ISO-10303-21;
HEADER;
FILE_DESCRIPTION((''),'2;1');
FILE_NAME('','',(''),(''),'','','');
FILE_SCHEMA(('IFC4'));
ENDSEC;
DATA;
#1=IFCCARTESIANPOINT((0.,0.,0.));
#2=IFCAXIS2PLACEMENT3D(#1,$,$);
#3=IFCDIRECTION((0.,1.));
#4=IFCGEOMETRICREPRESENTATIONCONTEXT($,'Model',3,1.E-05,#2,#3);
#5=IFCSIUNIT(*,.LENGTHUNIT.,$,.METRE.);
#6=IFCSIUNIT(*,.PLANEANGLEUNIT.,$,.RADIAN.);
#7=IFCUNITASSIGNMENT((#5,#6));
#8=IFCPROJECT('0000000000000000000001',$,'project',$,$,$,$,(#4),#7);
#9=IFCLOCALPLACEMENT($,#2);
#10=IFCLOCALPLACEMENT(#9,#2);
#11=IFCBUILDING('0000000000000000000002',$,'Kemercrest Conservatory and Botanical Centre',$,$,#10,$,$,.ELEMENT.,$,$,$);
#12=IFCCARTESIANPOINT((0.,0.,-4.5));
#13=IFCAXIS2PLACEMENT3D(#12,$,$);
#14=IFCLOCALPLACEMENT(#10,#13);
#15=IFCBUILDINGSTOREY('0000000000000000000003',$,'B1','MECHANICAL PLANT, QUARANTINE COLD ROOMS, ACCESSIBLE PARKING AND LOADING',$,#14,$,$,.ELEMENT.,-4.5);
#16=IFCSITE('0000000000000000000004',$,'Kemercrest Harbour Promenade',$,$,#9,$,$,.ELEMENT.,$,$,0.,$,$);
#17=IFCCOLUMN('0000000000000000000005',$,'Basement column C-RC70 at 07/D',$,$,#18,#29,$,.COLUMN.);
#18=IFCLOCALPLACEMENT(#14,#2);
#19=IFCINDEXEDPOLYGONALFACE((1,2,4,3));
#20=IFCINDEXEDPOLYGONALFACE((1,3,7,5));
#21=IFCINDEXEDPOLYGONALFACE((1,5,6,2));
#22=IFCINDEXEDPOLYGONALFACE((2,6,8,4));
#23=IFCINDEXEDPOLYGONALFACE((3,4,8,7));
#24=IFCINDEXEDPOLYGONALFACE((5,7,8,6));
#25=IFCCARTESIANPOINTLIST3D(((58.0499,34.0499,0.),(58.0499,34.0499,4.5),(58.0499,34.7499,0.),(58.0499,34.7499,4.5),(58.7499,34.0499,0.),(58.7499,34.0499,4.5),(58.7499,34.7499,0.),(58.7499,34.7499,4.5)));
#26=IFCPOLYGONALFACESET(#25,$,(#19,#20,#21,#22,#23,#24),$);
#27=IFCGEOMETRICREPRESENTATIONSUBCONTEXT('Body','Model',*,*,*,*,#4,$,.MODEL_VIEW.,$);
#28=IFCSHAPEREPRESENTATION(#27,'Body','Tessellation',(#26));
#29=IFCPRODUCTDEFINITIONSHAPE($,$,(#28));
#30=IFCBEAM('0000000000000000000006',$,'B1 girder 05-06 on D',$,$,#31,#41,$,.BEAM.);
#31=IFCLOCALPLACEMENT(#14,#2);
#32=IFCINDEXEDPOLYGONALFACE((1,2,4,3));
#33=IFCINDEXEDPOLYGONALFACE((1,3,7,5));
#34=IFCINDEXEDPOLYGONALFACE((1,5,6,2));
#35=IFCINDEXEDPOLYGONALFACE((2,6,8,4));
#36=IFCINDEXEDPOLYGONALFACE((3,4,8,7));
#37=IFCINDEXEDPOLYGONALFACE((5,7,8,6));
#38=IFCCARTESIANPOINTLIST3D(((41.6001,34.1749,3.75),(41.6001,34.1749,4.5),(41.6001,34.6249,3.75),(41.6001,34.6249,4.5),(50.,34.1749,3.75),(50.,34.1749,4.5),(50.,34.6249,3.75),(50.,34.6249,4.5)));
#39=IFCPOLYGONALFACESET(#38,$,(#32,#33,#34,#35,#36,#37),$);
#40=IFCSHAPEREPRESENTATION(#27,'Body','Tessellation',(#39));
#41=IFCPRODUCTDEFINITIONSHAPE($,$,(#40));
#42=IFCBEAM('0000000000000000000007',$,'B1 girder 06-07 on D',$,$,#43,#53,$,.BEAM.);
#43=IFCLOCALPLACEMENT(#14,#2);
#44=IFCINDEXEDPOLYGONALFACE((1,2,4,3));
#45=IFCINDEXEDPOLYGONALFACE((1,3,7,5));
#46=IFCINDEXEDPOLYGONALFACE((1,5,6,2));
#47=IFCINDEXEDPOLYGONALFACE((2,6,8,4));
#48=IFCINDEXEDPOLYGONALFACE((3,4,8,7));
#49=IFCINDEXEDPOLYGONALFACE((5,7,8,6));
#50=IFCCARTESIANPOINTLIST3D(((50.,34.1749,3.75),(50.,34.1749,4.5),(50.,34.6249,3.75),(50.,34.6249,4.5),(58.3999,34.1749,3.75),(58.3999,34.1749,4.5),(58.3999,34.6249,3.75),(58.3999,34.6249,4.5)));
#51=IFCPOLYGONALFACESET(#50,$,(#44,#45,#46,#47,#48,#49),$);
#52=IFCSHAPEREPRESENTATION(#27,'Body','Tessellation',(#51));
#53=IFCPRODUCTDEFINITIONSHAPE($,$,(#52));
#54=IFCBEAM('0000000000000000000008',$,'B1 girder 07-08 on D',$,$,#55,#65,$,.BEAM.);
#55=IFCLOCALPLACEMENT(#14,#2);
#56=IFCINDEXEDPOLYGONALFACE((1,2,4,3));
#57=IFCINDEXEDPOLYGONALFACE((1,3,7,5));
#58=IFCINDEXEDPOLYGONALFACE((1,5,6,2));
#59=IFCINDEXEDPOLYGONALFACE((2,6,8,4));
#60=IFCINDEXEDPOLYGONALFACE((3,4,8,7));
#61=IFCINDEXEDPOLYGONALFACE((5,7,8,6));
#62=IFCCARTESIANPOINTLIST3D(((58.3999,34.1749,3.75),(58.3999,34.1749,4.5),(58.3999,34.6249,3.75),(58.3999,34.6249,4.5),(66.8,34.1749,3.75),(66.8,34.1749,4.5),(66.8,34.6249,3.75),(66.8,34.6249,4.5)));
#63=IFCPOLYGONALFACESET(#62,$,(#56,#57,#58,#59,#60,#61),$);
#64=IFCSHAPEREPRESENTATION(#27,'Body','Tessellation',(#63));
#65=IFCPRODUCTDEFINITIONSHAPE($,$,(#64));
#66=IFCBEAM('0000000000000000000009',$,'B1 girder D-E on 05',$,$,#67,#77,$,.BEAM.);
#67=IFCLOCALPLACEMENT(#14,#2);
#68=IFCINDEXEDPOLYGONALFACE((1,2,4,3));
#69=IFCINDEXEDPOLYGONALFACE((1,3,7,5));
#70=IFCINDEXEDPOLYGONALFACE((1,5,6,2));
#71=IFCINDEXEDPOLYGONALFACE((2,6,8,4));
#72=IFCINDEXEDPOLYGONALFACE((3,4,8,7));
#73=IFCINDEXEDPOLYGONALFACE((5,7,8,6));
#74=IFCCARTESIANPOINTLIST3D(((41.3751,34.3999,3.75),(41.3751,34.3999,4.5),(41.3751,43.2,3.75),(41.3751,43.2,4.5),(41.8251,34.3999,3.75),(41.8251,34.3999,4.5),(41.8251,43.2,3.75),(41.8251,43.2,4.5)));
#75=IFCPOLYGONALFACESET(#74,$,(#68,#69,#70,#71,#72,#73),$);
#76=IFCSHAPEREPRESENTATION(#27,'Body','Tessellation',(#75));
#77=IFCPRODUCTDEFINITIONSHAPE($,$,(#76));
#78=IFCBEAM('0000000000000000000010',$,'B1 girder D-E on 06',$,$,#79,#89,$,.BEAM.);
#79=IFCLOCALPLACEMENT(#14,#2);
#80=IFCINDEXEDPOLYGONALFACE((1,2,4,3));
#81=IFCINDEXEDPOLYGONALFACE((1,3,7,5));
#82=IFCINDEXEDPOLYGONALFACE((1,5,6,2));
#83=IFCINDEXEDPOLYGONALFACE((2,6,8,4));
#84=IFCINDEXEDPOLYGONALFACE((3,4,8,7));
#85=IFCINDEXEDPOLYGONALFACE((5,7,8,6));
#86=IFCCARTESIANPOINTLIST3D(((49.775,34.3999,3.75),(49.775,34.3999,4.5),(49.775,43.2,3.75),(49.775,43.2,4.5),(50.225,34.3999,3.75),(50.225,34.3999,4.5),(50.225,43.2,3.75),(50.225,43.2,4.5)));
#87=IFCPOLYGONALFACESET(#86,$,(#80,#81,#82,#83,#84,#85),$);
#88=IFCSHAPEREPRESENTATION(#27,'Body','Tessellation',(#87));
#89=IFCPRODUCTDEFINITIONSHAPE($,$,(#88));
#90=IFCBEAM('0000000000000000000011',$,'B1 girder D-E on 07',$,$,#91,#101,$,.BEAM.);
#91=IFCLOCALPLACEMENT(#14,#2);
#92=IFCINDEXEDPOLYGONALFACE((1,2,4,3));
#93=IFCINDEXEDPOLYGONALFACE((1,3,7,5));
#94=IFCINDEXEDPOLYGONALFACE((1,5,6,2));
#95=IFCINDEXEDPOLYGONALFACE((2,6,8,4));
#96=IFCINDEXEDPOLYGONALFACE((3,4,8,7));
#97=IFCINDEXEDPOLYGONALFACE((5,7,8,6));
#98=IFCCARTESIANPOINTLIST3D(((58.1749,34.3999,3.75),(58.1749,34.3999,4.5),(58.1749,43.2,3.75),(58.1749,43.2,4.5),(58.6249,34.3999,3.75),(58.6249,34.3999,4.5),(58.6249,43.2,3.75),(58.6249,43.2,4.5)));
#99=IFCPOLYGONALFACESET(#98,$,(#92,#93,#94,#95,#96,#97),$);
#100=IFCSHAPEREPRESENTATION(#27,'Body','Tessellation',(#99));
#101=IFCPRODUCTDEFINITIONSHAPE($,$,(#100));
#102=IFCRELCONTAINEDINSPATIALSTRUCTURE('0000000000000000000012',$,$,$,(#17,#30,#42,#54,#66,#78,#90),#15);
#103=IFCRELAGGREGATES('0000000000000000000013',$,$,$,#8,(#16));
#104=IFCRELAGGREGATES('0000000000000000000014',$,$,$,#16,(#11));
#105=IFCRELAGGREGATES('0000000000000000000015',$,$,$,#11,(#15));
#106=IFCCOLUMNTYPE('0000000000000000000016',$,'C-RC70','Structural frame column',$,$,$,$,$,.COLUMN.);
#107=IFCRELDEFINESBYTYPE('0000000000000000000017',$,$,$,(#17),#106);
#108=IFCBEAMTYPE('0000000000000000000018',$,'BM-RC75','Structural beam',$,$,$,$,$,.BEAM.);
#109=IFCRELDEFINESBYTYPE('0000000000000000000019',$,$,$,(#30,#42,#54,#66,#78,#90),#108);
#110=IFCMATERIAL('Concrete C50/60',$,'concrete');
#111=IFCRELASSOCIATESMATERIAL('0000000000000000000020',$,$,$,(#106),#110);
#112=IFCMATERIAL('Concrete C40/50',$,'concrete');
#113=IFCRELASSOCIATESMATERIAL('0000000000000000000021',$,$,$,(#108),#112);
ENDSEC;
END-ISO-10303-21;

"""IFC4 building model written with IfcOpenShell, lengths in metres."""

from ifc_helpers import new_model, si_unit, direction, frame, origin, origin_2d, place, context, subcontext, project, spatial, rectangle, extrude, material, material_profile, profile_set, type_object, element, save


model = new_model("IFC4")

# Units and contexts
model_context = context("Model", 3, precision=1e-05, world=origin(), true_north=direction((0.0, 1.0)))
body_context = subcontext(model_context, "Body", "Model", "MODEL_VIEW")
ifc_project = project(units=[si_unit("LENGTHUNIT", "METRE"), si_unit("PLANEANGLEUNIT", "RADIAN")], contexts=[model_context])

# Site, building, storey
site_placement = place(None, origin())
site = spatial("IfcSite", under=ifc_project, at=site_placement, Name="Kemercrest Harbour Promenade", CompositionType="ELEMENT", RefElevation=0.0)
building_placement = place(site_placement, origin())
building = spatial("IfcBuilding", under=site, at=building_placement, Name="Kemercrest Conservatory and Botanical Centre", CompositionType="ELEMENT")
storey_placement = place(building_placement, frame((0.0, 0.0, -4.5)))
storey = spatial("IfcBuildingStorey", under=building, at=storey_placement, Name="B1", Description="MECHANICAL PLANT, QUARANTINE COLD ROOMS, ACCESSIBLE PARKING AND LOADING", CompositionType="ELEMENT", Elevation=-4.5)

# Shared definitions
ifc_material_1 = material(Name="Concrete C40/50", Category="concrete")

# Column
ifc_material_2 = material(Name="Concrete C50/60", Category="concrete")
ifc_material_profile_1 = material_profile(ifc_material_2, rectangle(XDim=0.7, YDim=0.7, at=origin_2d()), Name="RC 700x700")
ifc_profile_set_1 = profile_set([ifc_material_profile_1], Name="Concrete C50/60")
column_type_1 = type_object("IfcColumnType", Name="C-RC70", Description="Structural frame column", PredefinedType="COLUMN", material=ifc_profile_set_1)
for number, where, z_axis, x_axis, name in (
    (1, (58.3999, 34.3999, 0.0), (0.0, 0.0, 1.0), (1.0, 0.0, 0.0), "Basement column C-RC70 at 07/D"),
):
    element("IfcColumn", number, at=place(storey_placement, frame(where, z_axis=z_axis, x_axis=x_axis)), inside=storey, type_object=column_type_1, Name=name, PredefinedType="COLUMN", context=body_context, shape_type="SweptSolid", body=[
        extrude(rectangle(XDim=0.7, YDim=0.7, at=origin_2d()), origin(), (0.0, 0.0, 1.0), 4.5),
    ])

# Beams
ifc_material_profile_2 = material_profile(ifc_material_1, rectangle(XDim=0.45, YDim=0.75, at=origin_2d()), Name="RC 450x750")
ifc_profile_set_2 = profile_set([ifc_material_profile_2], Name="Concrete C40/50")
beam_type = type_object("IfcBeamType", Name="BM-RC75", Description="Structural beam", PredefinedType="BEAM", material=ifc_profile_set_2)
for number, where, z_axis, x_axis, name in (
    (2, (41.6001, 34.3999, 4.125), (1.0, 0.0, 0.0), (0.0, 1.0, 0.0), "B1 girder 05-06 on D"),
    (3, (50.0, 34.3999, 4.125), (1.0, 0.0, 0.0), (0.0, 1.0, 0.0), "B1 girder 06-07 on D"),
):
    element("IfcBeam", number, at=place(storey_placement, frame(where, z_axis=z_axis, x_axis=x_axis)), inside=storey, type_object=beam_type, Name=name, PredefinedType="BEAM", context=body_context, shape_type="SweptSolid", body=[
        extrude(rectangle(XDim=0.45, YDim=0.75, at=origin_2d()), origin(), (0.0, 0.0, 1.0), 8.3999),
    ])
beam_placement = place(storey_placement, frame((58.3999, 34.3999, 4.125), z_axis=(1.0, 0.0, 0.0), x_axis=(0.0, 1.0, 0.0)))
element("IfcBeam", 4, at=beam_placement, inside=storey, type_object=beam_type, Name="B1 girder 07-08 on D", PredefinedType="BEAM", context=body_context, shape_type="SweptSolid", body=[
    extrude(rectangle(XDim=0.45, YDim=0.75, at=origin_2d()), origin(), (0.0, 0.0, 1.0), 8.4001),
])
for number, where, z_axis, x_axis, name in (
    (5, (41.6001, 34.3999, 4.125), (0.0, 1.0, 0.0), (-1.0, 0.0, 0.0), "B1 girder D-E on 05"),
    (6, (50.0, 34.3999, 4.125), (0.0, 1.0, 0.0), (-1.0, 0.0, 0.0), "B1 girder D-E on 06"),
    (7, (58.3999, 34.3999, 4.125), (0.0, 1.0, 0.0), (-1.0, 0.0, 0.0), "B1 girder D-E on 07"),
):
    element("IfcBeam", number, at=place(storey_placement, frame(where, z_axis=z_axis, x_axis=x_axis)), inside=storey, type_object=beam_type, Name=name, PredefinedType="BEAM", context=body_context, shape_type="SweptSolid", body=[
        extrude(rectangle(XDim=0.45, YDim=0.75, at=origin_2d()), origin(), (0.0, 0.0, 1.0), 8.8),
    ])

save(model, "model.ifc")
